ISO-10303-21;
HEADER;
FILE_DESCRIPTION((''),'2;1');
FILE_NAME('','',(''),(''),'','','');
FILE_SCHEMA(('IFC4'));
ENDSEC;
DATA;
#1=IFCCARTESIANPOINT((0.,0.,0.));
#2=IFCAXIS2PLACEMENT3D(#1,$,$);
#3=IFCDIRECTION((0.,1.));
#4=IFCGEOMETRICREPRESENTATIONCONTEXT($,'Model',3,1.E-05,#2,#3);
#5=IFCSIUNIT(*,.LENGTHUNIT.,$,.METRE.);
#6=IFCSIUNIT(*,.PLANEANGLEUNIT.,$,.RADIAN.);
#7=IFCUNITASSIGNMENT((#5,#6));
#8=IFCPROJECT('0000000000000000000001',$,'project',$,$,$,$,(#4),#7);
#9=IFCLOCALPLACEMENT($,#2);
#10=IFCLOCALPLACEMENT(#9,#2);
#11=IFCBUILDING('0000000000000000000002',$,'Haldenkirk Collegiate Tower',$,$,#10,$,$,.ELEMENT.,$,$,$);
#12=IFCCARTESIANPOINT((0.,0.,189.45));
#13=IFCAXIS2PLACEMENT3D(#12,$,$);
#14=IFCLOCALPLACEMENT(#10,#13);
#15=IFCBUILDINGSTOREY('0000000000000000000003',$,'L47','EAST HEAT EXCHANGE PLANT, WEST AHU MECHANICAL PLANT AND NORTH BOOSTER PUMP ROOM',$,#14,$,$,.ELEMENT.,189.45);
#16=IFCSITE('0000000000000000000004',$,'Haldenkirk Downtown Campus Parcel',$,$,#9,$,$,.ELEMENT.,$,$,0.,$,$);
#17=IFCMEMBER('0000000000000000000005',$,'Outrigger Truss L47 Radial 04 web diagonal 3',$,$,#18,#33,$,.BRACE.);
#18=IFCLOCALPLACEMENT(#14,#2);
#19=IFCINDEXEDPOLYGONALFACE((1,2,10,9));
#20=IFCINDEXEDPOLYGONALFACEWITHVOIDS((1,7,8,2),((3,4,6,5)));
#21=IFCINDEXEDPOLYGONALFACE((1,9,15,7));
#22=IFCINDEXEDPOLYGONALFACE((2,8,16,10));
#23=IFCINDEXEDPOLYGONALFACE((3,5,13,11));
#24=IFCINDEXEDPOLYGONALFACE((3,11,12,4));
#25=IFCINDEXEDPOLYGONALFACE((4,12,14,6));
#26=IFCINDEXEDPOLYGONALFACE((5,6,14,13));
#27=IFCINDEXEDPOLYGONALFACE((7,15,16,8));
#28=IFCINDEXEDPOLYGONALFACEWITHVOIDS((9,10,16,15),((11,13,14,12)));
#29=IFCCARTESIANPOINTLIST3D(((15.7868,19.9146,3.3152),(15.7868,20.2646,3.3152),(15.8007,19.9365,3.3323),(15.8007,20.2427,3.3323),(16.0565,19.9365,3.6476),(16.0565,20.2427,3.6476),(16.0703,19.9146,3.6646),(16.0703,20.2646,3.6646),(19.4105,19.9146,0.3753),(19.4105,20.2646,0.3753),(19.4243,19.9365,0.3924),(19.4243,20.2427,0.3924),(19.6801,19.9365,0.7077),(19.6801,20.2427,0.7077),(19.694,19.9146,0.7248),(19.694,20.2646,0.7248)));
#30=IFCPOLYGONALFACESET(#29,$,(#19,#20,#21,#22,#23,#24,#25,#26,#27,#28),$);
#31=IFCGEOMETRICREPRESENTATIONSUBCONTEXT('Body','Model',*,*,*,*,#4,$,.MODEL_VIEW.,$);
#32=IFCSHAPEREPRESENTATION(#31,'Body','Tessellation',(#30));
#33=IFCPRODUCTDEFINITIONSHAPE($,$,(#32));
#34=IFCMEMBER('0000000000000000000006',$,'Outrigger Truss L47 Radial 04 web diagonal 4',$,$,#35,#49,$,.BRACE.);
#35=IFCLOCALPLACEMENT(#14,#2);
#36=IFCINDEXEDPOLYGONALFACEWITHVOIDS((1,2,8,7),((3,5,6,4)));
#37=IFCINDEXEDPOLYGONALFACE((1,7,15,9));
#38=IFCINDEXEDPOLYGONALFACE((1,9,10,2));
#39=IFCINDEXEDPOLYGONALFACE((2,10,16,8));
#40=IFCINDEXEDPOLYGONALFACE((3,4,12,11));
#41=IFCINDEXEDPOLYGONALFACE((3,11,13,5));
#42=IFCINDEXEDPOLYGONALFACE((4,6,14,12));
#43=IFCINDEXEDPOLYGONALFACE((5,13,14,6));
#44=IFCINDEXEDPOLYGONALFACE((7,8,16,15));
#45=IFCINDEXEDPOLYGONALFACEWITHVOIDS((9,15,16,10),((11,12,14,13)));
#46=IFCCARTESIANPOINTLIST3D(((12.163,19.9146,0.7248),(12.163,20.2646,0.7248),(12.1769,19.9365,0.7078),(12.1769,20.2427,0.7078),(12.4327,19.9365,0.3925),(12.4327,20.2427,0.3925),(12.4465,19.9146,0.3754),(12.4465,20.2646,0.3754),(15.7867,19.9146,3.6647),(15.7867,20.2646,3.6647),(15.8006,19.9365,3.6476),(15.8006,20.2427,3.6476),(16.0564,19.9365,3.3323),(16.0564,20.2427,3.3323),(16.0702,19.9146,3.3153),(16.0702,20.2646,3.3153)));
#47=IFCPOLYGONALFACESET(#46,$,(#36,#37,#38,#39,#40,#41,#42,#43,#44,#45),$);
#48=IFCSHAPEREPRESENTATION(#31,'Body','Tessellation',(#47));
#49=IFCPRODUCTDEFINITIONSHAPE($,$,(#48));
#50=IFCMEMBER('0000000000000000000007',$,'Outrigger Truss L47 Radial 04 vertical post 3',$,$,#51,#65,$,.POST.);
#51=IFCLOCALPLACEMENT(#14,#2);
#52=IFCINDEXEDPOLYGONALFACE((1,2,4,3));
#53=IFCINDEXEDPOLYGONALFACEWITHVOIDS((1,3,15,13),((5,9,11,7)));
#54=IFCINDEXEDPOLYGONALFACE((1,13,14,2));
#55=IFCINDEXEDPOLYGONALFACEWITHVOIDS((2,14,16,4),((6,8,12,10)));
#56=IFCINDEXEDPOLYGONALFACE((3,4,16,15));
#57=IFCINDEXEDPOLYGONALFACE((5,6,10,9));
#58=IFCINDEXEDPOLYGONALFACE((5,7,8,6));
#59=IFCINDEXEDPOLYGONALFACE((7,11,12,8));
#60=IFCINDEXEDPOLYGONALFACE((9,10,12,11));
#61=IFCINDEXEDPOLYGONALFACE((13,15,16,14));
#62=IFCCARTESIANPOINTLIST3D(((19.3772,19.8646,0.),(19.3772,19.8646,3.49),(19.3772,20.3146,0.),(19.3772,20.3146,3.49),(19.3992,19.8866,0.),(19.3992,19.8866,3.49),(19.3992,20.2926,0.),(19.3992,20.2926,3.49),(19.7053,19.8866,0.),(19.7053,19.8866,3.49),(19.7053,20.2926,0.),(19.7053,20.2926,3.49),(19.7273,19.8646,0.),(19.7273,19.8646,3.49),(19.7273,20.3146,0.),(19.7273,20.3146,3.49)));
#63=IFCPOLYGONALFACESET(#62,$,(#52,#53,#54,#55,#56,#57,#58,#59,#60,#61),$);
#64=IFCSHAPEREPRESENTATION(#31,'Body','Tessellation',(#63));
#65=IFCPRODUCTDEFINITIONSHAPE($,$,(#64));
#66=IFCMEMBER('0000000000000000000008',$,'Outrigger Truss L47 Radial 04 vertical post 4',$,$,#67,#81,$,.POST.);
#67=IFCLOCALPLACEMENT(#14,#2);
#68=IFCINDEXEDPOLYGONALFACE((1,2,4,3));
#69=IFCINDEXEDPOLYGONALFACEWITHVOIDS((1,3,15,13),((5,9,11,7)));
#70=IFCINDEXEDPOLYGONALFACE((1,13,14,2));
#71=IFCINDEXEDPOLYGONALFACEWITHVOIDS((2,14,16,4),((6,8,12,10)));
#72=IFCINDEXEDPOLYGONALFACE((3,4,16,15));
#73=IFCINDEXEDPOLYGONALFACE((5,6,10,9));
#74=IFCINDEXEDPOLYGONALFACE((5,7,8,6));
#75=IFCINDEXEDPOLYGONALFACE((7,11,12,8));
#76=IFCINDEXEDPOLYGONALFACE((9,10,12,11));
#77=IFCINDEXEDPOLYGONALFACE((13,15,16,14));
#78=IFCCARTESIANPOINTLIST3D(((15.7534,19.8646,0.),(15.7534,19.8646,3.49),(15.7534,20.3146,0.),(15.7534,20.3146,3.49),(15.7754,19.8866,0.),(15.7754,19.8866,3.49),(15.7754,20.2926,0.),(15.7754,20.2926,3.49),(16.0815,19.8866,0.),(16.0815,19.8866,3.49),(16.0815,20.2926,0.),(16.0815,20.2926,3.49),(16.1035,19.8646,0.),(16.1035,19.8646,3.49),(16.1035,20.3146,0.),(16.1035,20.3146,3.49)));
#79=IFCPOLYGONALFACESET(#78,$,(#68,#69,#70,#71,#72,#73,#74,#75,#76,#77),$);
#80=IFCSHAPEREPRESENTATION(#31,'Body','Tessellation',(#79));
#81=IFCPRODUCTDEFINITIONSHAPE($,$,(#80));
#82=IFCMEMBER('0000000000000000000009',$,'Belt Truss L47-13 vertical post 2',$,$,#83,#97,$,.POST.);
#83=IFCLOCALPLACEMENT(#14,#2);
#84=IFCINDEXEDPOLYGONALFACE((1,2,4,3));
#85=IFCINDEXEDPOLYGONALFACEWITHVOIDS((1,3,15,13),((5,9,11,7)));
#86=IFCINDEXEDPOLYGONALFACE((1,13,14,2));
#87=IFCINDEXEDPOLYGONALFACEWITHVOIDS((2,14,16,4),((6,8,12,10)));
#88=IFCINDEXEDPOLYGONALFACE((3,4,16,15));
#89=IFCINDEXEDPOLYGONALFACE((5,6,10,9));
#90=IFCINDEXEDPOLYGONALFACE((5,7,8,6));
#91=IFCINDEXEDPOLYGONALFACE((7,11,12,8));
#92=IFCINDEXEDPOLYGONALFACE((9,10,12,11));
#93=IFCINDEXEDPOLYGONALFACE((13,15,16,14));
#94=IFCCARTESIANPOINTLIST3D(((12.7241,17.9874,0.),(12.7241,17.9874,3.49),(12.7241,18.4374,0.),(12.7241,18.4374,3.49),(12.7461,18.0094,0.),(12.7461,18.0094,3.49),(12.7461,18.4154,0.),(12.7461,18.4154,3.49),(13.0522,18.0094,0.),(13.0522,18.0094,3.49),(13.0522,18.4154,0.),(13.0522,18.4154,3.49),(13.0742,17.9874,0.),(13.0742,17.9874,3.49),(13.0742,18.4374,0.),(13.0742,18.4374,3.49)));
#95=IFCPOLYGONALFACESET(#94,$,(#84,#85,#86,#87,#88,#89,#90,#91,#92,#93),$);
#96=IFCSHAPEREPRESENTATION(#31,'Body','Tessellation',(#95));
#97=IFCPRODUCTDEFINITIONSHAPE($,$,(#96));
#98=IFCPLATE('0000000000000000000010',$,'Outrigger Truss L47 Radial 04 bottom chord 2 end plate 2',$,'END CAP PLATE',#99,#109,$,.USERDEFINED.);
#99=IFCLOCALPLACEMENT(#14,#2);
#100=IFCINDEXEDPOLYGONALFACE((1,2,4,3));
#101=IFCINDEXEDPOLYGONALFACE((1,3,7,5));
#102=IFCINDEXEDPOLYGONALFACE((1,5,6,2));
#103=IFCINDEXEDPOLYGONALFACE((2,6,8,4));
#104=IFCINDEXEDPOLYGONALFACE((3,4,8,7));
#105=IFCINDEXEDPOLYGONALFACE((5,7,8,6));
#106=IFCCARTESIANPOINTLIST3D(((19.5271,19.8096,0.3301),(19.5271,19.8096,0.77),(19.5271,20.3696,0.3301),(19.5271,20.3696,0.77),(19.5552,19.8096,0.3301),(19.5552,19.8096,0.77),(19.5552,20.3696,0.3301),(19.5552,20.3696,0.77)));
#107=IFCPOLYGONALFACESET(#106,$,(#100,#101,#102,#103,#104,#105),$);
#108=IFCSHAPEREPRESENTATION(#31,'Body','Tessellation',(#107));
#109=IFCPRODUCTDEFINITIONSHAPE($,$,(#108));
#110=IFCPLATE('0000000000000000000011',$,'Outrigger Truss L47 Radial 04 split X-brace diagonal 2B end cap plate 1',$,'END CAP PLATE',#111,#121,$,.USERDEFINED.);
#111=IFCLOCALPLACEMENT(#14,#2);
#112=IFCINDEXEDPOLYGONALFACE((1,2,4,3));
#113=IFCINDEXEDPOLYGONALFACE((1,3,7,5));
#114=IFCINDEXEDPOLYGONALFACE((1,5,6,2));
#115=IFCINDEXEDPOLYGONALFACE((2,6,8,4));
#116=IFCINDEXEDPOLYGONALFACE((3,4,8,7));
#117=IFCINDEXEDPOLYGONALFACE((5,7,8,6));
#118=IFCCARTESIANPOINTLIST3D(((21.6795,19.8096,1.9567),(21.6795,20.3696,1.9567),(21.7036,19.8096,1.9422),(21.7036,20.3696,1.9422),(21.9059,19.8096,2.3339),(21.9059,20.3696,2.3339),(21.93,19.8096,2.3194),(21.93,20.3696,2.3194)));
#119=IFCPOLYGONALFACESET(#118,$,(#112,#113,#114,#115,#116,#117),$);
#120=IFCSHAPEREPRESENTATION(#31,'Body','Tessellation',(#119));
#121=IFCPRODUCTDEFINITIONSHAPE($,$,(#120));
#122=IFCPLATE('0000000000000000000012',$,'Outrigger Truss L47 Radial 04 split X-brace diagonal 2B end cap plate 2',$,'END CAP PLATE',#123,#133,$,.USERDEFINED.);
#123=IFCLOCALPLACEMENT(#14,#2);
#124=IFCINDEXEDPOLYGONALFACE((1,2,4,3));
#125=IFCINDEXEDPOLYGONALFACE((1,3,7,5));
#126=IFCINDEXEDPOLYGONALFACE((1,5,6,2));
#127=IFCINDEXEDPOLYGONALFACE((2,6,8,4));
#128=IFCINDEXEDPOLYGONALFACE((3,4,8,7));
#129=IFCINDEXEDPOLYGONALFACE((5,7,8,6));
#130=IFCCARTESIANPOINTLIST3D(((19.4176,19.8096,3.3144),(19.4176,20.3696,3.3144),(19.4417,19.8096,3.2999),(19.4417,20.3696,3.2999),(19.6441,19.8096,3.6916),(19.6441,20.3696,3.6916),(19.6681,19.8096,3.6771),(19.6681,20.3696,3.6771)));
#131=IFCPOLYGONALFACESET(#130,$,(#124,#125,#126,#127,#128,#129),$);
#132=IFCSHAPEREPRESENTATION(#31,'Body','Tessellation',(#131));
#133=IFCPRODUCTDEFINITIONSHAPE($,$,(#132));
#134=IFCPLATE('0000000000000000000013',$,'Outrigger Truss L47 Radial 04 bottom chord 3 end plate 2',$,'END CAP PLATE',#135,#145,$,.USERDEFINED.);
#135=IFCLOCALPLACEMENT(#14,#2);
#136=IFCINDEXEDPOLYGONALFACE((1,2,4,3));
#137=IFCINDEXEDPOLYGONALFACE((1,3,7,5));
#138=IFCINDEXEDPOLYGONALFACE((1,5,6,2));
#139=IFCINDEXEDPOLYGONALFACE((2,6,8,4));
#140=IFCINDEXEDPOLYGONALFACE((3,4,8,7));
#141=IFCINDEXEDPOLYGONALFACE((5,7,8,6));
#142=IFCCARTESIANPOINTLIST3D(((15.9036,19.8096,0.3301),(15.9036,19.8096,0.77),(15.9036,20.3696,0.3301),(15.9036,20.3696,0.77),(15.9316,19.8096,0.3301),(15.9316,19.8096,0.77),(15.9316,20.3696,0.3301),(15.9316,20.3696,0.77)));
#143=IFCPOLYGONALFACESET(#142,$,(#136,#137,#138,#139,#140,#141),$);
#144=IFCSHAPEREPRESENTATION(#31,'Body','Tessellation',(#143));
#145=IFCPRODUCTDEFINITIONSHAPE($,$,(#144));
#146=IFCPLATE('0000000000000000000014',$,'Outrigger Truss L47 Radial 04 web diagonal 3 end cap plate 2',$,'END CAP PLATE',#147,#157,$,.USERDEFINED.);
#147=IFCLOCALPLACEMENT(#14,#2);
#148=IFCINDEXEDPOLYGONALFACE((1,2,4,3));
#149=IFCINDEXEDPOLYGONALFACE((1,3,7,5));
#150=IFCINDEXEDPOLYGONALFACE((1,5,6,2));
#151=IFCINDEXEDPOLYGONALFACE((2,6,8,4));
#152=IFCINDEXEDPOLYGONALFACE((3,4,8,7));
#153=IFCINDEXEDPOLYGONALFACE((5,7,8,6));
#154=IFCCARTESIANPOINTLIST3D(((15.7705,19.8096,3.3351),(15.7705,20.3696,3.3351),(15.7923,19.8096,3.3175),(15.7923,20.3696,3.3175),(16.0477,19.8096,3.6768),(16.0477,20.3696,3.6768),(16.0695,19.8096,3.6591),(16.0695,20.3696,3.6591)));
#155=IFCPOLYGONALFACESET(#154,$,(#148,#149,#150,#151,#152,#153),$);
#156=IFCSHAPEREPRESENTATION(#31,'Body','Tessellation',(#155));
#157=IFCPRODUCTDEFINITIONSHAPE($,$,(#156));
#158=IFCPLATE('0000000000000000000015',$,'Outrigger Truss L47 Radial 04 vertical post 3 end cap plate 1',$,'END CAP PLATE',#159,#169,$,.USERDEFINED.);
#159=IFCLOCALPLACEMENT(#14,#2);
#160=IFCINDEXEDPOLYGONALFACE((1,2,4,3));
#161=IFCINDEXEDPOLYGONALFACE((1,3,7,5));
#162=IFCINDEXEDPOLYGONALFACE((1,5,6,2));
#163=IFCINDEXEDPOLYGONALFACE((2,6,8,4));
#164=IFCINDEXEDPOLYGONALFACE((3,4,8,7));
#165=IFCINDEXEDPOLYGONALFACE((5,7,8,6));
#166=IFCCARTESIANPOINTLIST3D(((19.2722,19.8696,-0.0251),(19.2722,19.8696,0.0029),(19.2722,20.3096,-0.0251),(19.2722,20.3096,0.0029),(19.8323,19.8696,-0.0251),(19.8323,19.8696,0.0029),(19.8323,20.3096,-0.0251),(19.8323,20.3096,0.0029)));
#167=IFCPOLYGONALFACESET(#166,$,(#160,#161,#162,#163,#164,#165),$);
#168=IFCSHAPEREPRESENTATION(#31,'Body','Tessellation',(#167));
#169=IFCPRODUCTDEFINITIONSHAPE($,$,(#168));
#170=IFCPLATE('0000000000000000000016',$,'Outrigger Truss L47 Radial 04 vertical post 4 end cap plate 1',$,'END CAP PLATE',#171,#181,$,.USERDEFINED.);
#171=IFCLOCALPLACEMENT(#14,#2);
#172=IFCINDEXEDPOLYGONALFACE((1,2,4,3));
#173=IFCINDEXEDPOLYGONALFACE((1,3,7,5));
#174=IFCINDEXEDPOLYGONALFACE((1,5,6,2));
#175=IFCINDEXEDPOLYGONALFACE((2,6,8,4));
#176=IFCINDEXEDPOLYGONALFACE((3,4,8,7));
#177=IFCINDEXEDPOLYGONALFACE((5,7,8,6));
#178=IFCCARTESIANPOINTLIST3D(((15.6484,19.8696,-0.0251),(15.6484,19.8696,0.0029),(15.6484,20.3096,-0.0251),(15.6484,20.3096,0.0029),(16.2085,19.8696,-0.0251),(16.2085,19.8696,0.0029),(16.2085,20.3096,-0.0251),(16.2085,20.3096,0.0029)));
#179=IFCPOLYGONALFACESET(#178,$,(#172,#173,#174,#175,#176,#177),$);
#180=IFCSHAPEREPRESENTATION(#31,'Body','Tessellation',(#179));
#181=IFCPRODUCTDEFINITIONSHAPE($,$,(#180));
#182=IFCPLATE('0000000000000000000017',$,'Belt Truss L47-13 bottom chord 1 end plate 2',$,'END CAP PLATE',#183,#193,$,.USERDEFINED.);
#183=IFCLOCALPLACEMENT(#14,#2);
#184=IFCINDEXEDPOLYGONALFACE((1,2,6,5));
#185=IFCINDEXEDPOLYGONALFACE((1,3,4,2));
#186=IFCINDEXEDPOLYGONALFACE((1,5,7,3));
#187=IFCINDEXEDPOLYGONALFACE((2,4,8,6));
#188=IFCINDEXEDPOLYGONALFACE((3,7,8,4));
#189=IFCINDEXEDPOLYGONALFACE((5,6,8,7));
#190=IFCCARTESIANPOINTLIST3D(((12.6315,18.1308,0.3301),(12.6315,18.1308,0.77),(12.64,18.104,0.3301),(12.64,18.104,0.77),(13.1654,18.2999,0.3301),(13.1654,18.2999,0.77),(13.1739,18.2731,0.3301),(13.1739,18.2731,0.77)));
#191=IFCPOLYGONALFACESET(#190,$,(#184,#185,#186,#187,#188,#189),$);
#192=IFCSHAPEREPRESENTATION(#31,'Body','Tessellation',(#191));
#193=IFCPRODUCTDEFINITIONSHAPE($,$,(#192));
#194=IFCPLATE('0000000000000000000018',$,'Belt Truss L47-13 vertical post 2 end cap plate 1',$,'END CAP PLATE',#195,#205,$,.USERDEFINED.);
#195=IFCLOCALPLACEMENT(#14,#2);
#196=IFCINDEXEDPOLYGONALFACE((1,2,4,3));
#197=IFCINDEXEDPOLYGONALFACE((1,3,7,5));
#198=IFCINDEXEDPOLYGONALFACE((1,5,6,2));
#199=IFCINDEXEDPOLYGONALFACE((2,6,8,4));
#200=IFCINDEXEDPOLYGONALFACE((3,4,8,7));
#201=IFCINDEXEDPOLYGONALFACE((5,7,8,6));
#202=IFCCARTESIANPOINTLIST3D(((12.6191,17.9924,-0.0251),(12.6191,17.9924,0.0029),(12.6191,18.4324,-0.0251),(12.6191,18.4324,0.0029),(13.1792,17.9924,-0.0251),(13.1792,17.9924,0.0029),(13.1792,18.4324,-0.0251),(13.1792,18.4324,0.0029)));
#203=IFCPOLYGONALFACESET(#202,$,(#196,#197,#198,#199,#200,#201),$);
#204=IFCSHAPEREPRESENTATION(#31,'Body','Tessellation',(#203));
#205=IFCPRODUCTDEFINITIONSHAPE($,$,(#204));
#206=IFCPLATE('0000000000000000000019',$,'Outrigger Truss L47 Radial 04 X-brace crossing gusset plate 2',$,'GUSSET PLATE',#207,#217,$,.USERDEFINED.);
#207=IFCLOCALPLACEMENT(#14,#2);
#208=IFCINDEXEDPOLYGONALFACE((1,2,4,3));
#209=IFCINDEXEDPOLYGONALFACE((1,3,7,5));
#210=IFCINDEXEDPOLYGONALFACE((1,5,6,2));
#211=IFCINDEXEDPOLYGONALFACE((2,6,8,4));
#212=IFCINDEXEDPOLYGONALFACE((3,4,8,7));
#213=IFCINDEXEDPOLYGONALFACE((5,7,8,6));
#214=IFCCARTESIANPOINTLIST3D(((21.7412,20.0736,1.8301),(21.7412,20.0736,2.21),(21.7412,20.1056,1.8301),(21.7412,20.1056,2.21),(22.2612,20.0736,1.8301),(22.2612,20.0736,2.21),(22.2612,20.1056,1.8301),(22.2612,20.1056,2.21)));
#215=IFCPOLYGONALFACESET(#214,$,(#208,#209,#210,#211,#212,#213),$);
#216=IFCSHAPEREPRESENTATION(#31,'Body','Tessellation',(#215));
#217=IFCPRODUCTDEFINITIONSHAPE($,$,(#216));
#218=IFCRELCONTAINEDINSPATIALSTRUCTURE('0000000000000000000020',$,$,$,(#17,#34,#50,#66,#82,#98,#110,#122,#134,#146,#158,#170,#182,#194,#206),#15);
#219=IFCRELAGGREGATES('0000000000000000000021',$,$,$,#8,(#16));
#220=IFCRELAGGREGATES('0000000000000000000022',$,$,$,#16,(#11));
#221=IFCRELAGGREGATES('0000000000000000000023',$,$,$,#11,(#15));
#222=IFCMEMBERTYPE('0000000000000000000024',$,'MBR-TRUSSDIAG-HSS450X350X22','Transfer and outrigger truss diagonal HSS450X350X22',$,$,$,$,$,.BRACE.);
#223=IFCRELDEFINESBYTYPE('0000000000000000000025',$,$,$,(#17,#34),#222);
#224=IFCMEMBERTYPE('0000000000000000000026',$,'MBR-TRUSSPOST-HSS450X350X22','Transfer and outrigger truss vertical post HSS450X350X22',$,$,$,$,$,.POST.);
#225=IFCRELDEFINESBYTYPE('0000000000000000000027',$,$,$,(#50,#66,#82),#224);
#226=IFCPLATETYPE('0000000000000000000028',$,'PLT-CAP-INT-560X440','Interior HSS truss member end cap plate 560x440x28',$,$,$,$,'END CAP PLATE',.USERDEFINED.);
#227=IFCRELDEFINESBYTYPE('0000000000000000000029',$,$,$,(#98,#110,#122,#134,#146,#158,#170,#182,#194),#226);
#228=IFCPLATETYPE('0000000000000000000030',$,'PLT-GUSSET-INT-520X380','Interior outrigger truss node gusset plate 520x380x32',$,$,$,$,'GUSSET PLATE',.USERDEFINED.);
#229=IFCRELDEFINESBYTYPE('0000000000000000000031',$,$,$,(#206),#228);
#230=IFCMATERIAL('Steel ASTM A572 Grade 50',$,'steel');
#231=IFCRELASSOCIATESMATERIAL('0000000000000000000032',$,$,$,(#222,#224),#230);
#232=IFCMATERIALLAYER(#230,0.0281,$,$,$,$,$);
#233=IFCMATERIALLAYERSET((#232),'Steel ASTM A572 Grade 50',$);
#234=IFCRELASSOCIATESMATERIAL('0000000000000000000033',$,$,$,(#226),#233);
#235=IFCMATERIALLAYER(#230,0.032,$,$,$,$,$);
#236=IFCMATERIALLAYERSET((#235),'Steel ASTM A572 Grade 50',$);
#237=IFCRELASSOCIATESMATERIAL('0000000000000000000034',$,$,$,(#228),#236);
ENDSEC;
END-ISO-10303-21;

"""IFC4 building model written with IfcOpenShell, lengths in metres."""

from ifc_helpers import new_model, si_unit, direction, frame, origin, origin_2d, place, context, subcontext, project, spatial, rectangle, hollow_rectangle, extrude, source, transform, mapped, material, layer, layer_set, material_profile, profile_set, type_object, element, save


model = new_model("IFC4")

# Units and contexts
model_context = context("Model", 3, precision=1e-05, world=origin(), true_north=direction((0.0, 1.0)))
body_context = subcontext(model_context, "Body", "Model", "MODEL_VIEW")
ifc_project = project(units=[si_unit("LENGTHUNIT", "METRE"), si_unit("PLANEANGLEUNIT", "RADIAN")], contexts=[model_context])

# Site, building, storey
site_placement = place(None, origin())
site = spatial("IfcSite", under=ifc_project, at=site_placement, Name="Haldenkirk Downtown Campus Parcel", CompositionType="ELEMENT", RefElevation=0.0)
building_placement = place(site_placement, origin())
building = spatial("IfcBuilding", under=site, at=building_placement, Name="Haldenkirk Collegiate Tower", CompositionType="ELEMENT")
storey_placement = place(building_placement, frame((0.0, 0.0, 189.45)))
storey = spatial("IfcBuildingStorey", under=building, at=storey_placement, Name="L47", Description="EAST HEAT EXCHANGE PLANT, WEST AHU MECHANICAL PLANT AND NORTH BOOSTER PUMP ROOM", CompositionType="ELEMENT", Elevation=189.45)

# Members
ifc_material_1 = material(Name="Steel ASTM A572 Grade 50", Category="steel")
ifc_material_profile_1 = material_profile(ifc_material_1, hollow_rectangle(XDim=0.3501, YDim=0.45, WallThickness=0.022, at=origin_2d()), Name="HSS450X350X22")
ifc_profile_set_1 = profile_set([ifc_material_profile_1], Name="Steel ASTM A572 Grade 50")
member_type_1 = type_object("IfcMemberType", Name="MBR-TRUSSDIAG-HSS450X350X22", Description="Transfer and outrigger truss diagonal HSS450X350X22", PredefinedType="BRACE", material=ifc_profile_set_1)
for number, where, z_axis, x_axis, name in (
    (1, (19.5522, 20.0896, 0.55), (-0.776573, 0.0, 0.630027), (0.0, -1.0, 0.0), "Outrigger Truss L47 Radial 04 web diagonal 3"),
    (2, (15.9285, 20.0896, 3.49), (-0.776573, 0.0, -0.630027), (0.0, -1.0, 0.0), "Outrigger Truss L47 Radial 04 web diagonal 4"),
):
    element("IfcMember", number, at=place(storey_placement, frame(where, z_axis=z_axis, x_axis=x_axis)), inside=storey, type_object=member_type_1, Name=name, PredefinedType="BRACE", context=body_context, shape_type="SweptSolid", body=[
        extrude(hollow_rectangle(XDim=0.3501, YDim=0.45, WallThickness=0.022, at=origin_2d()), origin(), (0.0, 0.0, 1.0), 4.6663),
    ])
ifc_material_profile_2 = material_profile(ifc_material_1, hollow_rectangle(XDim=0.3501, YDim=0.45, WallThickness=0.022, at=origin_2d()), Name="HSS450X350X22")
ifc_profile_set_2 = profile_set([ifc_material_profile_2], Name="Steel ASTM A572 Grade 50")
member_type_2 = type_object("IfcMemberType", Name="MBR-TRUSSPOST-HSS450X350X22", Description="Transfer and outrigger truss vertical post HSS450X350X22", PredefinedType="POST", material=ifc_profile_set_2)
for number, where, z_axis, x_axis, name in (
    (3, (19.5522, 20.0896, 0.0), (0.0, 0.0, 1.0), (1.0, 0.0, 0.0), "Outrigger Truss L47 Radial 04 vertical post 3"),
    (4, (15.9285, 20.0896, 0.0), (0.0, 0.0, 1.0), (1.0, 0.0, 0.0), "Outrigger Truss L47 Radial 04 vertical post 4"),
    (5, (12.8992, 18.2124, 0.0), (0.0, 0.0, 1.0), (1.0, 0.0, 0.0), "Belt Truss L47-13 vertical post 2"),
):
    element("IfcMember", number, at=place(storey_placement, frame(where, z_axis=z_axis, x_axis=x_axis)), inside=storey, type_object=member_type_2, Name=name, PredefinedType="POST", context=body_context, shape_type="SweptSolid", body=[
        extrude(hollow_rectangle(XDim=0.3501, YDim=0.45, WallThickness=0.022, at=origin_2d()), origin(), (0.0, 0.0, 1.0), 3.49),
    ])

# Plates
ifc_layer_1 = layer(ifc_material_1, 0.0281)
ifc_layer_set_1 = layer_set([ifc_layer_1], Name="Steel ASTM A572 Grade 50")
plate_type_1 = type_object("IfcPlateType", Name="PLT-CAP-INT-560X440", Description="Interior HSS truss member end cap plate 560x440x28", ElementType="END CAP PLATE", PredefinedType="USERDEFINED", material=ifc_layer_set_1)
shared_shape_1 = source(origin(), body_context, "Body", "SweptSolid", [
    extrude(rectangle(XDim=0.5601, YDim=0.4399, at=origin_2d()), origin(), (0.0, 0.0, 1.0), 0.0281),
])
for number, where, z_axis, x_axis, name in (
    (6, (19.5552, 20.0896, 0.55), (-1.0, 0.0, 0.0), (0.0, -1.0, 0.0), "Outrigger Truss L47 Radial 04 bottom chord 2 end plate 2"),
    (7, (21.7927, 20.0896, 2.1453), (0.857375, 0.0, -0.514692), (0.0, 1.0, 0.0), "Outrigger Truss L47 Radial 04 split X-brace diagonal 2B end cap plate 1"),
    (8, (19.5549, 20.0896, 3.4885), (-0.857375, 0.0, 0.514692), (0.0, -1.0, 0.0), "Outrigger Truss L47 Radial 04 split X-brace diagonal 2B end cap plate 2"),
    (9, (15.9316, 20.0896, 0.55), (-1.0, 0.0, 0.0), (0.0, -1.0, 0.0), "Outrigger Truss L47 Radial 04 bottom chord 3 end plate 2"),
    (10, (15.9309, 20.0896, 3.4883), (-0.776569, 0.0, 0.630033), (0.0, -1.0, 0.0), "Outrigger Truss L47 Radial 04 web diagonal 3 end cap plate 2"),
    (11, (19.5522, 20.0896, 0.0029), (0.0, 0.0, -1.0), (1.0, 0.0, 0.0), "Outrigger Truss L47 Radial 04 vertical post 3 end cap plate 1"),
    (12, (15.9285, 20.0896, 0.0029), (0.0, 0.0, -1.0), (1.0, 0.0, 0.0), "Outrigger Truss L47 Radial 04 vertical post 4 end cap plate 1"),
    (13, (12.8984, 18.2153, 0.55), (0.301944, -0.953326, 0.0), (0.953326, 0.301944, 0.0), "Belt Truss L47-13 bottom chord 1 end plate 2"),
    (14, (12.8992, 18.2124, 0.0029), (0.0, 0.0, -1.0), (1.0, 0.0, 0.0), "Belt Truss L47-13 vertical post 2 end cap plate 1"),
):
    element("IfcPlate", number, at=place(storey_placement, frame(where, z_axis=z_axis, x_axis=x_axis)), inside=storey, type_object=plate_type_1, Name=name, ObjectType="END CAP PLATE", PredefinedType="USERDEFINED", context=body_context, shape_type="MappedRepresentation", body=[
        mapped(shared_shape_1, transform((0.0, 0.0, 0.0), x_axis=(1.0, 0.0, 0.0), y_axis=(0.0, 1.0, 0.0), z_axis=(0.0, 0.0, 1.0), scale=1.0)),
    ])
ifc_layer_2 = layer(ifc_material_1, 0.032)
ifc_layer_set_2 = layer_set([ifc_layer_2], Name="Steel ASTM A572 Grade 50")
plate_type_2 = type_object("IfcPlateType", Name="PLT-GUSSET-INT-520X380", Description="Interior outrigger truss node gusset plate 520x380x32", ElementType="GUSSET PLATE", PredefinedType="USERDEFINED", material=ifc_layer_set_2)
shared_shape_2 = source(origin(), body_context, "Body", "SweptSolid", [
    extrude(rectangle(XDim=0.52, YDim=0.032, at=origin_2d()), origin(), (0.0, 0.0, 1.0), 0.3799),
])
plate_placement = place(storey_placement, frame((22.0012, 20.0896, 1.8301), z_axis=(0.0, 0.0, 1.0), x_axis=(-1.0, 0.0, 0.0)))
element("IfcPlate", 15, at=plate_placement, inside=storey, type_object=plate_type_2, Name="Outrigger Truss L47 Radial 04 X-brace crossing gusset plate 2", ObjectType="GUSSET PLATE", PredefinedType="USERDEFINED", context=body_context, shape_type="MappedRepresentation", body=[
    mapped(shared_shape_2, transform((0.0, 0.0, 0.0), x_axis=(1.0, 0.0, 0.0), y_axis=(0.0, 1.0, 0.0), z_axis=(0.0, 0.0, 1.0), scale=1.0)),
])

save(model, "model.ifc")
